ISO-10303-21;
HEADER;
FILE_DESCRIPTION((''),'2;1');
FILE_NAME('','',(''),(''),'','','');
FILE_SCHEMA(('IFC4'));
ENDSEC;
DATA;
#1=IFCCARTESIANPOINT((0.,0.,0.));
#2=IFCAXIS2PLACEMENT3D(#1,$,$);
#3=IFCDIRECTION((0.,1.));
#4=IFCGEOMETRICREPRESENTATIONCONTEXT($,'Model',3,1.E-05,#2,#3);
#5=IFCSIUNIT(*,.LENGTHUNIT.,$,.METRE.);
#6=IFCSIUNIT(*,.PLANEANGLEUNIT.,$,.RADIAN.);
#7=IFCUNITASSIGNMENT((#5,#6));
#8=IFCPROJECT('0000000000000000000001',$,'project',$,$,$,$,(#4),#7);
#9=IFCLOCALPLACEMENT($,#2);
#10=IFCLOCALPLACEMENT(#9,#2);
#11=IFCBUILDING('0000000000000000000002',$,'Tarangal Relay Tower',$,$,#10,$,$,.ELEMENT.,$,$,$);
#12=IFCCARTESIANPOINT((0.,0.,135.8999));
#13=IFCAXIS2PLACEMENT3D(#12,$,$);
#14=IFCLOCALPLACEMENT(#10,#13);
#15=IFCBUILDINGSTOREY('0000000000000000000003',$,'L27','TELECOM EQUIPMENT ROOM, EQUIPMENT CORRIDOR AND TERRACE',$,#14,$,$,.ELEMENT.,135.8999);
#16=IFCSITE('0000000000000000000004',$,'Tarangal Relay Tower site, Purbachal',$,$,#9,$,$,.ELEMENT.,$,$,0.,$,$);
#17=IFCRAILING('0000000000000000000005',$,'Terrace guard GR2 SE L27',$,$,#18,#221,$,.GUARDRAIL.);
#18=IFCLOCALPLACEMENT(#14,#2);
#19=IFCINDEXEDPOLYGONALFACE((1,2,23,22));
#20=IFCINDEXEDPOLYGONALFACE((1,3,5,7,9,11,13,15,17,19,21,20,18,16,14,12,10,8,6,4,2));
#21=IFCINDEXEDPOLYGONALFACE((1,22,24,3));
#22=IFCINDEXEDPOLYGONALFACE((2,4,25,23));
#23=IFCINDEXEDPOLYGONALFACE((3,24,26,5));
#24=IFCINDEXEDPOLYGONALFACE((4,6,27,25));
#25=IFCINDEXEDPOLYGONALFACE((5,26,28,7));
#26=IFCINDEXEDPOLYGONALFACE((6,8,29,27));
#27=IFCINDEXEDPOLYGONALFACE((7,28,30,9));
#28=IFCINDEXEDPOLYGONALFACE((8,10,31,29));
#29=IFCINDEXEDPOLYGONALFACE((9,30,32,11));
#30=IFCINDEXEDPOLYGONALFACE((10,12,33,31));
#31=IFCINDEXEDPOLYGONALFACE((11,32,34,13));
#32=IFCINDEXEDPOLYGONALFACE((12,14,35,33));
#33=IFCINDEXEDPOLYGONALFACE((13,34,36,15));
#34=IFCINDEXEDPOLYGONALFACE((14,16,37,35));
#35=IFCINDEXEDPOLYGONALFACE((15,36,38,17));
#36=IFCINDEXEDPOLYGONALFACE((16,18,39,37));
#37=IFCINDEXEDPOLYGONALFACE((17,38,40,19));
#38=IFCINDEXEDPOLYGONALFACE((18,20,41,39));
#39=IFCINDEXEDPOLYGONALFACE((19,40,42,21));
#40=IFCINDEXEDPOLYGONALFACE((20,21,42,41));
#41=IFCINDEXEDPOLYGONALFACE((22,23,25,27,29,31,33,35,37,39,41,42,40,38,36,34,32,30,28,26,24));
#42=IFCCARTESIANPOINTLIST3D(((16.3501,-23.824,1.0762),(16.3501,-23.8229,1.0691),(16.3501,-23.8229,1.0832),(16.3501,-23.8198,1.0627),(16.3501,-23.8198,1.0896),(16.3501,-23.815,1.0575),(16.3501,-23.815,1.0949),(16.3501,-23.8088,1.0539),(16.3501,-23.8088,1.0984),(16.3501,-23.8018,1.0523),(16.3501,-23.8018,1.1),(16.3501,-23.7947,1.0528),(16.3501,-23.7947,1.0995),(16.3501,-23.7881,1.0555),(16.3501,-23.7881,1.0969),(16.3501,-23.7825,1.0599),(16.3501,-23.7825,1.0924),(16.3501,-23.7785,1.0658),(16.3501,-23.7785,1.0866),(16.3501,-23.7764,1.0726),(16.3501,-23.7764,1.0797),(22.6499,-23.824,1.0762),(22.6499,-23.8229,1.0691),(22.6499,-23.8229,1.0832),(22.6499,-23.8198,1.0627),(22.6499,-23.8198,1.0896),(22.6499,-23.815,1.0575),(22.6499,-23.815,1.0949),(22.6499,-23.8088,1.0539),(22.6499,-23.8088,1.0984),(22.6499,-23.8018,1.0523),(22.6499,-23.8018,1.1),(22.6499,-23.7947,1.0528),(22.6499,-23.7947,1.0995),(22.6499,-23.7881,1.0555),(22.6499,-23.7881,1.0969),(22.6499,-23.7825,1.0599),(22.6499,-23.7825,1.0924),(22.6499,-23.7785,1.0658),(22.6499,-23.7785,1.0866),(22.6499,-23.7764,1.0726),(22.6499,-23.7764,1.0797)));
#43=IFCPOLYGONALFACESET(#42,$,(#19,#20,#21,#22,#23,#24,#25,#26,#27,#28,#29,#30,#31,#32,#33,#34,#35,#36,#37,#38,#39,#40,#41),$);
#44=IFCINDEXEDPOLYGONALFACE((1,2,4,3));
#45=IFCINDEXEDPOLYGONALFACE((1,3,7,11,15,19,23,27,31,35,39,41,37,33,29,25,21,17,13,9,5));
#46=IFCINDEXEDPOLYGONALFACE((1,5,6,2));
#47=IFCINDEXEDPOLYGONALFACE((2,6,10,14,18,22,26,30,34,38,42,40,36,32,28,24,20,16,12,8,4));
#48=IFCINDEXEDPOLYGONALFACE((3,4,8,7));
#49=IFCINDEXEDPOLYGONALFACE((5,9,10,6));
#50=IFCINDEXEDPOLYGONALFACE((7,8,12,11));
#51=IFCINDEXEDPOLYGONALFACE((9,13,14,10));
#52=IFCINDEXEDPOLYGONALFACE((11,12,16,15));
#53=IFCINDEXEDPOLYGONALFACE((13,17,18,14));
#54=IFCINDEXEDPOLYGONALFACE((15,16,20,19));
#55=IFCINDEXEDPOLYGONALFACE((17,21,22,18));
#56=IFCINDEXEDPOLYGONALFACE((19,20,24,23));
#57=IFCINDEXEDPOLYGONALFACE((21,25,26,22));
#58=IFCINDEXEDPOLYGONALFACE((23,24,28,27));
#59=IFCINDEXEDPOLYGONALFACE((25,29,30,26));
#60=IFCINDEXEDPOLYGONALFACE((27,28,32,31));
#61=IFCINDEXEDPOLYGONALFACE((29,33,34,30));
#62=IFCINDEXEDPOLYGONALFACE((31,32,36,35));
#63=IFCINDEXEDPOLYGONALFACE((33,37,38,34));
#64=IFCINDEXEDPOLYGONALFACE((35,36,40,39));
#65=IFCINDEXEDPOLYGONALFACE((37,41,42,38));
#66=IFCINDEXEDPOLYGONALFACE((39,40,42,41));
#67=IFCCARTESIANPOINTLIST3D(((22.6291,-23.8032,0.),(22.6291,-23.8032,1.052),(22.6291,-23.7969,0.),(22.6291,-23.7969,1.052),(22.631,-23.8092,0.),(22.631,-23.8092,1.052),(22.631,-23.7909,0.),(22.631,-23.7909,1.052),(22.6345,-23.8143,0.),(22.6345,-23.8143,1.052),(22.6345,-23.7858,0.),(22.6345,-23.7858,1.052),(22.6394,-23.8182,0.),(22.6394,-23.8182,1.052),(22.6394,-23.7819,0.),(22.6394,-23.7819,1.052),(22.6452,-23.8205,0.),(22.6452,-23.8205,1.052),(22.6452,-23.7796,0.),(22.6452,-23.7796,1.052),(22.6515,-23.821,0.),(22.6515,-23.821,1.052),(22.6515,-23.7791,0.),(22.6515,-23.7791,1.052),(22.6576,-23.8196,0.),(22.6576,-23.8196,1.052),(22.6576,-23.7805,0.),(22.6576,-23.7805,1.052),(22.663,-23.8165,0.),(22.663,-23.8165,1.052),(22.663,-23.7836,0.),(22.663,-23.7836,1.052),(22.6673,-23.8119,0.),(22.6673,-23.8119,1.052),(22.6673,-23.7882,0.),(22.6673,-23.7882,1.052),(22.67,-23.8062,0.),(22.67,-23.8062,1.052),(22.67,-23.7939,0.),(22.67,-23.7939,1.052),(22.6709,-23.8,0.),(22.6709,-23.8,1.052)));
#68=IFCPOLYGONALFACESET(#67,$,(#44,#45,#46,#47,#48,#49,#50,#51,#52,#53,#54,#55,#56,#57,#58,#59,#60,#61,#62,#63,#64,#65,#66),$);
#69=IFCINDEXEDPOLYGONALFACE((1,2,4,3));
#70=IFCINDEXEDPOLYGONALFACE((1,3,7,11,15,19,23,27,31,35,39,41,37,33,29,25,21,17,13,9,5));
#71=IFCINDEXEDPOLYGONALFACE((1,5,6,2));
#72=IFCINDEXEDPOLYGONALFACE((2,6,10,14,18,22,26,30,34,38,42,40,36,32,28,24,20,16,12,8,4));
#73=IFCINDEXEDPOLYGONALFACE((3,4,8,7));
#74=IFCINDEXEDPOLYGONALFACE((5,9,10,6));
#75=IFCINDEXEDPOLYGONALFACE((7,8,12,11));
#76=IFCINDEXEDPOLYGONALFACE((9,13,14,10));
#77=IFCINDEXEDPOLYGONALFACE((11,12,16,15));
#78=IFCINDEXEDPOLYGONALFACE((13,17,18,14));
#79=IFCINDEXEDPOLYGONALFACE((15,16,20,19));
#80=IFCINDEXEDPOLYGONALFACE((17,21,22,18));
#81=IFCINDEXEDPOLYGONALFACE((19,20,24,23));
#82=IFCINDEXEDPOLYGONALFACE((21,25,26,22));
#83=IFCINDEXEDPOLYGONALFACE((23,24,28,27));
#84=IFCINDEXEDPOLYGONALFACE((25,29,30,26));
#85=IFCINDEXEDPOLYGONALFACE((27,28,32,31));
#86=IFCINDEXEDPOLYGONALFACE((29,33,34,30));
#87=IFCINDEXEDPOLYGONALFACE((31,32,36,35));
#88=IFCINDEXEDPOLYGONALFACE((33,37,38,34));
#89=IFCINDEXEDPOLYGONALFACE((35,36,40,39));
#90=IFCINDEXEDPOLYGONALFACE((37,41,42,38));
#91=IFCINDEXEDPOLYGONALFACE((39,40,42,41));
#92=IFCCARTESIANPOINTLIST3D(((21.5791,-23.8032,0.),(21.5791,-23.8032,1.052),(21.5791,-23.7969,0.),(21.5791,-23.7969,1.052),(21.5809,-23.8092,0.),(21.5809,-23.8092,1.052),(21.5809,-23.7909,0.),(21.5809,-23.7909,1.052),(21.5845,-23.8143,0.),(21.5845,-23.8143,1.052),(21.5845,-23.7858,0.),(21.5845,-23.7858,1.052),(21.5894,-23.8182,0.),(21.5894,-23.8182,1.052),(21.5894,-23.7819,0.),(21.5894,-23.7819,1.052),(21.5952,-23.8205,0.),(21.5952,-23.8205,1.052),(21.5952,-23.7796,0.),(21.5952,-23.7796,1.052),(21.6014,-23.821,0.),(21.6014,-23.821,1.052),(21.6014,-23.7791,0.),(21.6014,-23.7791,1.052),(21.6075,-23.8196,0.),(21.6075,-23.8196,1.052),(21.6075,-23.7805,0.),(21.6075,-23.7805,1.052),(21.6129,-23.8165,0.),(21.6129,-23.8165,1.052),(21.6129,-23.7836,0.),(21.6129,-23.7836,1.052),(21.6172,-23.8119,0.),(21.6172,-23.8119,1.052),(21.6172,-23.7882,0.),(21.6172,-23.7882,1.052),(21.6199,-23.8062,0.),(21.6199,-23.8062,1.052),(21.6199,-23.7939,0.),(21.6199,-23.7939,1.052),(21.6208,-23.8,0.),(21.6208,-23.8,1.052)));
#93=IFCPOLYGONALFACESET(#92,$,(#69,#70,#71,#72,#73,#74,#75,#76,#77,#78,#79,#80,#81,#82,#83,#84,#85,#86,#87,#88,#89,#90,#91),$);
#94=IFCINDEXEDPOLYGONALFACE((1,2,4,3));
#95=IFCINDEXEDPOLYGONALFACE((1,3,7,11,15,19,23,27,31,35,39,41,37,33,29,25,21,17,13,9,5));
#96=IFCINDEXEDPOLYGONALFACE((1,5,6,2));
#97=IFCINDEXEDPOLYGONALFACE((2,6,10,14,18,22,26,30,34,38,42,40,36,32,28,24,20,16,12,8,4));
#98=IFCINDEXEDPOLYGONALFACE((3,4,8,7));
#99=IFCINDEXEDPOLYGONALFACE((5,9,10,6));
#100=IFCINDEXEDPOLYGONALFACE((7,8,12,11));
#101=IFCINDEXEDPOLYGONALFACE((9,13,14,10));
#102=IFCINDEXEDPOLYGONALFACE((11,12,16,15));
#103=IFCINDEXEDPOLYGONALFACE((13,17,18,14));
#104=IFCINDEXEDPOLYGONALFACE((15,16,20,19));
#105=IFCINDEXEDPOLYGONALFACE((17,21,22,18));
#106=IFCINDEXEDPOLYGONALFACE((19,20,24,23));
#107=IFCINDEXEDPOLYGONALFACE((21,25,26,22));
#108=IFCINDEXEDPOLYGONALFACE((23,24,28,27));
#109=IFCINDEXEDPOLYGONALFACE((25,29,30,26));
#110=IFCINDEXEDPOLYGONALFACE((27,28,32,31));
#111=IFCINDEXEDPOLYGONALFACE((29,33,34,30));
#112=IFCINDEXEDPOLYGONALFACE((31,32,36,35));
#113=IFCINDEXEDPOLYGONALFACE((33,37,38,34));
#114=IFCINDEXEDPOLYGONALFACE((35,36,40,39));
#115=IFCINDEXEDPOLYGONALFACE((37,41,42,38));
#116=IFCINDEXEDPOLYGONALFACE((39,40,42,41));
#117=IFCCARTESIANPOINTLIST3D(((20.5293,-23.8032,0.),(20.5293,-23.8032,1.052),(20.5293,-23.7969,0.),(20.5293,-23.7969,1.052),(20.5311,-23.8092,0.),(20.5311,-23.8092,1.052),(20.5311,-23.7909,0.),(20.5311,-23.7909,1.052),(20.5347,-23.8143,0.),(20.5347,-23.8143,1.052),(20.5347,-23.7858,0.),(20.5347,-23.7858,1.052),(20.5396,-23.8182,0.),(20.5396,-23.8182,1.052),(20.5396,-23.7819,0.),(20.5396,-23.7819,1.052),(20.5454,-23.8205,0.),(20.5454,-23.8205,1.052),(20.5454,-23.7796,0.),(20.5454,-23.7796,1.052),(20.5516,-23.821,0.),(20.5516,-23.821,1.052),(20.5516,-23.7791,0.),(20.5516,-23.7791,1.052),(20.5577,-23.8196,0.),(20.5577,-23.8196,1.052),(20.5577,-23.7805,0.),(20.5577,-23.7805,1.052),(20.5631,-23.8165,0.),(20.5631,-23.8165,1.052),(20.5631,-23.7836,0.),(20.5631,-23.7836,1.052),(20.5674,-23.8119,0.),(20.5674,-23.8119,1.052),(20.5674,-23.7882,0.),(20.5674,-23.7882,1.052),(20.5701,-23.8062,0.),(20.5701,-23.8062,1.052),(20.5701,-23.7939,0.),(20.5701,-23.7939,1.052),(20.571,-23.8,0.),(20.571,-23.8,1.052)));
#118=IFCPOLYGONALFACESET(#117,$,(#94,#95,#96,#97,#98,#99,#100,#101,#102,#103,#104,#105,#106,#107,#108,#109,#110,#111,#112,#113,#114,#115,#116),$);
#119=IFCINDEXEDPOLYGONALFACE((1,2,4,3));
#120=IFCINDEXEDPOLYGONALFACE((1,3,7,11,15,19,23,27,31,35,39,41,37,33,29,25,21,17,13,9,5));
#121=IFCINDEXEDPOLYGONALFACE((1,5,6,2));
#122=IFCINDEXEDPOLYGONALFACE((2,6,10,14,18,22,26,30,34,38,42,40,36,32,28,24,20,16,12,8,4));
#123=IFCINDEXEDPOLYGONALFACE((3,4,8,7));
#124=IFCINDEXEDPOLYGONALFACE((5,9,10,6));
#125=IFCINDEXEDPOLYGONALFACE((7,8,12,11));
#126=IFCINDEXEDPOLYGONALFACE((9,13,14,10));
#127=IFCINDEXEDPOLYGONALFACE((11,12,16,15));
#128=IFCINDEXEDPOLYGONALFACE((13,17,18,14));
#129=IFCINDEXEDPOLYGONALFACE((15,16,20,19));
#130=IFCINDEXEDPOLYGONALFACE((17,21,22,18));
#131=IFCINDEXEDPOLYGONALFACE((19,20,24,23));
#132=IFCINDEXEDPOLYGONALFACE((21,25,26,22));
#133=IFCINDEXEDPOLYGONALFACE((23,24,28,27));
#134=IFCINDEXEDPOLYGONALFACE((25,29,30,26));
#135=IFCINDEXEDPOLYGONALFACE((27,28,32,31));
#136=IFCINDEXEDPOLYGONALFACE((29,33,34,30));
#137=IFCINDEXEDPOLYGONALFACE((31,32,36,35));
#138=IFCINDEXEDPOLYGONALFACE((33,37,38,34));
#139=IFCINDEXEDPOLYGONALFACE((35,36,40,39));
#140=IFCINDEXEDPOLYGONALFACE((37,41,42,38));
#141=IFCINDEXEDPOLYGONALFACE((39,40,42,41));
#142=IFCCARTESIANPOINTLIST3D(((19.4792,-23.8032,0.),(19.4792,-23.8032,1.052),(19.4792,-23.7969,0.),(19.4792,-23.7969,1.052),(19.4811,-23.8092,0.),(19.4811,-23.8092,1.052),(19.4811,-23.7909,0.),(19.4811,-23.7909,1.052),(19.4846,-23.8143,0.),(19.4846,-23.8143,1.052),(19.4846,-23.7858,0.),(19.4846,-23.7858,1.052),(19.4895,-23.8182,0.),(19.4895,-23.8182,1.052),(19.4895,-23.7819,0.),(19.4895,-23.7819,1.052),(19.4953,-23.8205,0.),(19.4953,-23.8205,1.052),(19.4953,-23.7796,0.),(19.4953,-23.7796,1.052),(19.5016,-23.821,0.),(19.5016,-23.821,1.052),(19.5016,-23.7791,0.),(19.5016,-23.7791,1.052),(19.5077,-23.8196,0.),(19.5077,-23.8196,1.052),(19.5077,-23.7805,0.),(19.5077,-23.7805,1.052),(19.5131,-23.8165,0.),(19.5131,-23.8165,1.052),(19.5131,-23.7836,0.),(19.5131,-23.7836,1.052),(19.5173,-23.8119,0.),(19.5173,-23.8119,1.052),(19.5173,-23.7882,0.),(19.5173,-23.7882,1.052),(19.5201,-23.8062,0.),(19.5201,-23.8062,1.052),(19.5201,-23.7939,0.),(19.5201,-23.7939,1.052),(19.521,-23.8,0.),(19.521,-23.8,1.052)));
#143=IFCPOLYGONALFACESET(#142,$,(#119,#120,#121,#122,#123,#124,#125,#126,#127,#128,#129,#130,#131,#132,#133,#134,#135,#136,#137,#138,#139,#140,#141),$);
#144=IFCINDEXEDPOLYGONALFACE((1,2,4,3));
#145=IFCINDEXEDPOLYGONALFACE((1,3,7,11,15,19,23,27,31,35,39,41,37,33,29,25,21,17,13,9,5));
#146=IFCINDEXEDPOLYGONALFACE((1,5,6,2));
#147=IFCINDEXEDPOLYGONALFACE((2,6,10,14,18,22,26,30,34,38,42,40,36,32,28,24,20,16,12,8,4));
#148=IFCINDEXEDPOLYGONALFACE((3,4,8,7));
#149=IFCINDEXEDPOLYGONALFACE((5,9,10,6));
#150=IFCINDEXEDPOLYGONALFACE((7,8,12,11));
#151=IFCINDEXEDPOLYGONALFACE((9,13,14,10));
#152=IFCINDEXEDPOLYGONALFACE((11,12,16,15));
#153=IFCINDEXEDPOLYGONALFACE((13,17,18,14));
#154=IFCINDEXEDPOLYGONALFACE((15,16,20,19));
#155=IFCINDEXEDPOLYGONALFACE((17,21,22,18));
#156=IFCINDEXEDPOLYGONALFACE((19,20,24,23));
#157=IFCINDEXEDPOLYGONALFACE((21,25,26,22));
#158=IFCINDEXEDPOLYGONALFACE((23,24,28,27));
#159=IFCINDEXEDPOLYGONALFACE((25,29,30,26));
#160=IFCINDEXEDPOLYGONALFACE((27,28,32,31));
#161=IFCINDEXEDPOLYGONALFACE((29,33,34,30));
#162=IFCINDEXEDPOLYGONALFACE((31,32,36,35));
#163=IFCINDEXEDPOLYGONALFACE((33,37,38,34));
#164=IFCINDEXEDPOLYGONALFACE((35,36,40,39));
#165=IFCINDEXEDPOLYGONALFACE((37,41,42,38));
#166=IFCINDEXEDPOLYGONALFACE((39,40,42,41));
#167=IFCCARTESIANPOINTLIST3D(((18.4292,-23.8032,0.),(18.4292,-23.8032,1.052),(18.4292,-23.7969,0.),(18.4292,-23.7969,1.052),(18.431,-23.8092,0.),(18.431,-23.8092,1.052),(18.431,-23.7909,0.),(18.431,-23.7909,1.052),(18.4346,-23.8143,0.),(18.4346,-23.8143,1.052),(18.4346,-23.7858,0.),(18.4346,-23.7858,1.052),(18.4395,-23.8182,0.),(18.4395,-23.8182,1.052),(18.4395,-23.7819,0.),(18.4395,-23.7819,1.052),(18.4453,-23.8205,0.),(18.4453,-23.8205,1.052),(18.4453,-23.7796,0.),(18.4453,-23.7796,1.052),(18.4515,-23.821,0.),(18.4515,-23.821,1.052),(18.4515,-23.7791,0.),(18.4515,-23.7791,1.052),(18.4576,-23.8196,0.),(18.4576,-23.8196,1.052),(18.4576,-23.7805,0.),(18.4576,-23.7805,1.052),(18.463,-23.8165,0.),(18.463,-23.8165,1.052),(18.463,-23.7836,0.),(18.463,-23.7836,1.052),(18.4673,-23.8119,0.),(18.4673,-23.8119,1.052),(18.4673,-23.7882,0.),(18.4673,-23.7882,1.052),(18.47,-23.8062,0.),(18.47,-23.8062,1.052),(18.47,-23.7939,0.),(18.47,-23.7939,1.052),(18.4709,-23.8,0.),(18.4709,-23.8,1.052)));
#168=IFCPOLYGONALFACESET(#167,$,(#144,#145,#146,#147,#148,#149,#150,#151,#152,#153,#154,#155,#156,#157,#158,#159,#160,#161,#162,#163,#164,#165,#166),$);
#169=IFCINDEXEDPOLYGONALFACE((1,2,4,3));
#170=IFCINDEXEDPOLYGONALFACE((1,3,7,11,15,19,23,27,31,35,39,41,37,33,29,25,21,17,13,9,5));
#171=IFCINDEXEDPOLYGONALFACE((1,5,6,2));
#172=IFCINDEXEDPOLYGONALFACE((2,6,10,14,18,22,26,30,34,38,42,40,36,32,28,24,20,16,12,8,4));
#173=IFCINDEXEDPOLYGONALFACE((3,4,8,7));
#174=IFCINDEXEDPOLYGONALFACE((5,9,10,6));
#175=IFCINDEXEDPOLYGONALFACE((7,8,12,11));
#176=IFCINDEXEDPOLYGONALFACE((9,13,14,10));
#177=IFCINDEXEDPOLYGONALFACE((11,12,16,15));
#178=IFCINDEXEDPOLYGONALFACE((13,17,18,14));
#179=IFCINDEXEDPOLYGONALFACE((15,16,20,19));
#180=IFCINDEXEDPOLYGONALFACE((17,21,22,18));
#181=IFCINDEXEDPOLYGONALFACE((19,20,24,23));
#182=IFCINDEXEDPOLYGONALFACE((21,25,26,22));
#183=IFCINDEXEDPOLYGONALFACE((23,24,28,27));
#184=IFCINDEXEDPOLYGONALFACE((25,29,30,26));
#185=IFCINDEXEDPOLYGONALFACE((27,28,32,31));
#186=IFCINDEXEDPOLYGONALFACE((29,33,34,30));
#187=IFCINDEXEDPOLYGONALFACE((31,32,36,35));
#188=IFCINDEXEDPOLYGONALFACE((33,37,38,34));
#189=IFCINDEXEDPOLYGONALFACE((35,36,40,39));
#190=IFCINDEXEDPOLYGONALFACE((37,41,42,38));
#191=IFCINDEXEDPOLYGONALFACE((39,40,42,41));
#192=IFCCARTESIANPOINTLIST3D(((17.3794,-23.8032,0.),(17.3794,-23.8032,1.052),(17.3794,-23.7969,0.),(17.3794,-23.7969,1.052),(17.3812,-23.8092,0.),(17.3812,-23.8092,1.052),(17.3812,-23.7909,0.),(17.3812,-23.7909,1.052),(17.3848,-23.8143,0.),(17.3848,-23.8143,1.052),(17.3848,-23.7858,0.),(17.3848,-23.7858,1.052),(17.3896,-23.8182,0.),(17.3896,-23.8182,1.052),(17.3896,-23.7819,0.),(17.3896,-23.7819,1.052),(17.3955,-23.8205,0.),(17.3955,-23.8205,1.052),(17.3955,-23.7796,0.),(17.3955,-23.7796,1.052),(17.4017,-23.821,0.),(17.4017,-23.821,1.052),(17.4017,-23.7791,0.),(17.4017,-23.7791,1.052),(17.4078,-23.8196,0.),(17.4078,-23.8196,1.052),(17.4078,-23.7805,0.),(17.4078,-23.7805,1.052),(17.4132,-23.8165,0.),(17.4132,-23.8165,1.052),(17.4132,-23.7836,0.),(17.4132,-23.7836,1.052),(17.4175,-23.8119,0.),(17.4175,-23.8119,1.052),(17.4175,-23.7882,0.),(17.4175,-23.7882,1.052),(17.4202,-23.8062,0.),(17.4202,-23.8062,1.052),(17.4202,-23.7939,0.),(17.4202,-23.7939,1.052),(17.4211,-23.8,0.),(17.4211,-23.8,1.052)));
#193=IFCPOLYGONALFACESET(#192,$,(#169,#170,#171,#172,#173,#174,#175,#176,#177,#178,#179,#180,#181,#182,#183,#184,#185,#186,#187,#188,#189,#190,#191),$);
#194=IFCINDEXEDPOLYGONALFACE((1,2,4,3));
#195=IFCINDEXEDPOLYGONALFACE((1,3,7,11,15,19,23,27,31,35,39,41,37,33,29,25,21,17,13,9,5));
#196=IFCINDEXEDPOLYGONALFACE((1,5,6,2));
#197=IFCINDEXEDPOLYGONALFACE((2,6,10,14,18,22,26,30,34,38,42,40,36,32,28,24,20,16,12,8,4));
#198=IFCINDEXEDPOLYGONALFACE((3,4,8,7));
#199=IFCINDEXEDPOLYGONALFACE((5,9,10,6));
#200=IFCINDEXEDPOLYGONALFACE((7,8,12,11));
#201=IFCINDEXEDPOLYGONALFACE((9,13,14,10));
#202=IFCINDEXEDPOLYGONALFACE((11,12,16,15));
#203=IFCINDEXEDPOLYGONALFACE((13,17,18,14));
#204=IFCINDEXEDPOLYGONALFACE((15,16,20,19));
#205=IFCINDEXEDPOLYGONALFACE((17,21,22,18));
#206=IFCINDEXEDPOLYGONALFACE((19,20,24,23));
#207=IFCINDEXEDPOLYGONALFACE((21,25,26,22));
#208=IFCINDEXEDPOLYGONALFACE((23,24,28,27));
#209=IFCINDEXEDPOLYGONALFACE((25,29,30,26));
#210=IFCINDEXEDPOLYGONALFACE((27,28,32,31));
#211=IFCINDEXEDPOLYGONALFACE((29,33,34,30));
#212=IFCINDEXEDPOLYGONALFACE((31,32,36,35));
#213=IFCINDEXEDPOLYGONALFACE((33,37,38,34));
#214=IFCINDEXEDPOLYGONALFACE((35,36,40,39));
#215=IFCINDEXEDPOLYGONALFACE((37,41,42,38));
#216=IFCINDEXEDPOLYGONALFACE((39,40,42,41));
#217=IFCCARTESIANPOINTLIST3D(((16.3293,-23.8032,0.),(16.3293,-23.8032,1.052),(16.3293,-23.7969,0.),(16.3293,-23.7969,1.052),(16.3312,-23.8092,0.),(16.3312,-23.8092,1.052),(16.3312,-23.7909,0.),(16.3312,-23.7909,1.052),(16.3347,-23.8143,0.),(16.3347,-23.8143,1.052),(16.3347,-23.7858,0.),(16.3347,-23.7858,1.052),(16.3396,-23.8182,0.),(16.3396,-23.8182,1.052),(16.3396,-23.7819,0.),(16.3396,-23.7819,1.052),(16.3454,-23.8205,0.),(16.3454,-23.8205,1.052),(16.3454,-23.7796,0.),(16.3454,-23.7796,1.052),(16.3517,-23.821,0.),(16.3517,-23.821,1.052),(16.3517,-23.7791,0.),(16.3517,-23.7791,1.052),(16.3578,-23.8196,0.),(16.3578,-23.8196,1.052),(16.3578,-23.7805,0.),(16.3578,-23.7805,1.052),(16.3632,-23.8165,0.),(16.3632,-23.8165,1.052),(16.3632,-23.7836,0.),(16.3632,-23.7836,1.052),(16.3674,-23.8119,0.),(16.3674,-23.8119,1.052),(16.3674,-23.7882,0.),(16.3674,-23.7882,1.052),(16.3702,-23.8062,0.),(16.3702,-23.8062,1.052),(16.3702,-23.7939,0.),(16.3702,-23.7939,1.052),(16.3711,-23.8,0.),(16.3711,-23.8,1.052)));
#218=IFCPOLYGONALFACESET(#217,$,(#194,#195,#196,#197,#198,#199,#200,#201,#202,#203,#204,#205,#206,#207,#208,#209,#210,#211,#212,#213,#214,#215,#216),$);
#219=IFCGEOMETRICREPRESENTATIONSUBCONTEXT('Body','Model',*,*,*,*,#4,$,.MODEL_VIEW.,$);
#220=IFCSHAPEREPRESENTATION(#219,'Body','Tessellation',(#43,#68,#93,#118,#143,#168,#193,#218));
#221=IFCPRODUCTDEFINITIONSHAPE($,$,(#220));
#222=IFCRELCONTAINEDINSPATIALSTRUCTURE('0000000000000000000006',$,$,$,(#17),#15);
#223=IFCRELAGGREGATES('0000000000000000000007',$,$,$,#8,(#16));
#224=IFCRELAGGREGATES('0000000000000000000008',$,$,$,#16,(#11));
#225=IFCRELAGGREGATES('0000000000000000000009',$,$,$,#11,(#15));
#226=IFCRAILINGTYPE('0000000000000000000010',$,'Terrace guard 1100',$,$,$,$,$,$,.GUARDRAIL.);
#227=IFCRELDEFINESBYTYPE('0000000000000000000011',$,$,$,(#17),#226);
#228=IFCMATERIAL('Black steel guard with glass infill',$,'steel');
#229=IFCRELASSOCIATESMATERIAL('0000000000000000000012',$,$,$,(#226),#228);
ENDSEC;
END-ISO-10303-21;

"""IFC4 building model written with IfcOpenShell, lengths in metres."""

from ifc_helpers import new_model, si_unit, direction, frame, origin, origin_2d, place, context, subcontext, project, spatial, circle, extrude, material, type_object, element, save


model = new_model("IFC4")

# Units and contexts
model_context = context("Model", 3, precision=1e-05, world=origin(), true_north=direction((0.0, 1.0)))
body_context = subcontext(model_context, "Body", "Model", "MODEL_VIEW")
ifc_project = project(units=[si_unit("LENGTHUNIT", "METRE"), si_unit("PLANEANGLEUNIT", "RADIAN")], contexts=[model_context])

# Site, building, storey
site_placement = place(None, origin())
site = spatial("IfcSite", under=ifc_project, at=site_placement, Name="Tarangal Relay Tower site, Purbachal", CompositionType="ELEMENT", RefElevation=0.0)
building_placement = place(site_placement, origin())
building = spatial("IfcBuilding", under=site, at=building_placement, Name="Tarangal Relay Tower", CompositionType="ELEMENT")
storey_placement = place(building_placement, frame((0.0, 0.0, 135.8999)))
storey = spatial("IfcBuildingStorey", under=building, at=storey_placement, Name="L27", Description="TELECOM EQUIPMENT ROOM, EQUIPMENT CORRIDOR AND TERRACE", CompositionType="ELEMENT", Elevation=135.8999)

# Railing
ifc_material_1 = material(Name="Black steel guard with glass infill", Category="steel")
railing_type = type_object("IfcRailingType", Name="Terrace guard 1100", PredefinedType="GUARDRAIL", material=ifc_material_1)
railing_1_placement = place(storey_placement, frame((22.6499, -23.8, 0.0)))
element("IfcRailing", 1, at=railing_1_placement, inside=storey, type_object=railing_type, Name="Terrace guard GR2 SE L27", PredefinedType="GUARDRAIL", context=body_context, shape_type="SweptSolid", body=[
    extrude(circle(Radius=0.0239, at=origin_2d()), frame((0.0, 0.0, 1.0762), z_axis=(-1.0, 0.0, 0.0), x_axis=(0.0, -1.0, 0.0)), (0.0, 0.0, 1.0), 6.2998),
    extrude(circle(Radius=0.021, at=origin_2d()), origin(), (0.0, 0.0, 1.0), 1.052),
    extrude(circle(Radius=0.021, at=origin_2d()), frame((-1.05, 0.0, 0.0)), (0.0, 0.0, 1.0), 1.052),
    extrude(circle(Radius=0.021, at=origin_2d()), frame((-2.0999, 0.0, 0.0)), (0.0, 0.0, 1.0), 1.052),
    extrude(circle(Radius=0.021, at=origin_2d()), frame((-3.1499, 0.0, 0.0)), (0.0, 0.0, 1.0), 1.052),
    extrude(circle(Radius=0.021, at=origin_2d()), frame((-4.2, 0.0, 0.0)), (0.0, 0.0, 1.0), 1.052),
    extrude(circle(Radius=0.021, at=origin_2d()), frame((-5.2498, 0.0, 0.0)), (0.0, 0.0, 1.0), 1.052),
    extrude(circle(Radius=0.021, at=origin_2d()), frame((-6.2998, 0.0, 0.0)), (0.0, 0.0, 1.0), 1.052),
])

save(model, "model.ifc")
